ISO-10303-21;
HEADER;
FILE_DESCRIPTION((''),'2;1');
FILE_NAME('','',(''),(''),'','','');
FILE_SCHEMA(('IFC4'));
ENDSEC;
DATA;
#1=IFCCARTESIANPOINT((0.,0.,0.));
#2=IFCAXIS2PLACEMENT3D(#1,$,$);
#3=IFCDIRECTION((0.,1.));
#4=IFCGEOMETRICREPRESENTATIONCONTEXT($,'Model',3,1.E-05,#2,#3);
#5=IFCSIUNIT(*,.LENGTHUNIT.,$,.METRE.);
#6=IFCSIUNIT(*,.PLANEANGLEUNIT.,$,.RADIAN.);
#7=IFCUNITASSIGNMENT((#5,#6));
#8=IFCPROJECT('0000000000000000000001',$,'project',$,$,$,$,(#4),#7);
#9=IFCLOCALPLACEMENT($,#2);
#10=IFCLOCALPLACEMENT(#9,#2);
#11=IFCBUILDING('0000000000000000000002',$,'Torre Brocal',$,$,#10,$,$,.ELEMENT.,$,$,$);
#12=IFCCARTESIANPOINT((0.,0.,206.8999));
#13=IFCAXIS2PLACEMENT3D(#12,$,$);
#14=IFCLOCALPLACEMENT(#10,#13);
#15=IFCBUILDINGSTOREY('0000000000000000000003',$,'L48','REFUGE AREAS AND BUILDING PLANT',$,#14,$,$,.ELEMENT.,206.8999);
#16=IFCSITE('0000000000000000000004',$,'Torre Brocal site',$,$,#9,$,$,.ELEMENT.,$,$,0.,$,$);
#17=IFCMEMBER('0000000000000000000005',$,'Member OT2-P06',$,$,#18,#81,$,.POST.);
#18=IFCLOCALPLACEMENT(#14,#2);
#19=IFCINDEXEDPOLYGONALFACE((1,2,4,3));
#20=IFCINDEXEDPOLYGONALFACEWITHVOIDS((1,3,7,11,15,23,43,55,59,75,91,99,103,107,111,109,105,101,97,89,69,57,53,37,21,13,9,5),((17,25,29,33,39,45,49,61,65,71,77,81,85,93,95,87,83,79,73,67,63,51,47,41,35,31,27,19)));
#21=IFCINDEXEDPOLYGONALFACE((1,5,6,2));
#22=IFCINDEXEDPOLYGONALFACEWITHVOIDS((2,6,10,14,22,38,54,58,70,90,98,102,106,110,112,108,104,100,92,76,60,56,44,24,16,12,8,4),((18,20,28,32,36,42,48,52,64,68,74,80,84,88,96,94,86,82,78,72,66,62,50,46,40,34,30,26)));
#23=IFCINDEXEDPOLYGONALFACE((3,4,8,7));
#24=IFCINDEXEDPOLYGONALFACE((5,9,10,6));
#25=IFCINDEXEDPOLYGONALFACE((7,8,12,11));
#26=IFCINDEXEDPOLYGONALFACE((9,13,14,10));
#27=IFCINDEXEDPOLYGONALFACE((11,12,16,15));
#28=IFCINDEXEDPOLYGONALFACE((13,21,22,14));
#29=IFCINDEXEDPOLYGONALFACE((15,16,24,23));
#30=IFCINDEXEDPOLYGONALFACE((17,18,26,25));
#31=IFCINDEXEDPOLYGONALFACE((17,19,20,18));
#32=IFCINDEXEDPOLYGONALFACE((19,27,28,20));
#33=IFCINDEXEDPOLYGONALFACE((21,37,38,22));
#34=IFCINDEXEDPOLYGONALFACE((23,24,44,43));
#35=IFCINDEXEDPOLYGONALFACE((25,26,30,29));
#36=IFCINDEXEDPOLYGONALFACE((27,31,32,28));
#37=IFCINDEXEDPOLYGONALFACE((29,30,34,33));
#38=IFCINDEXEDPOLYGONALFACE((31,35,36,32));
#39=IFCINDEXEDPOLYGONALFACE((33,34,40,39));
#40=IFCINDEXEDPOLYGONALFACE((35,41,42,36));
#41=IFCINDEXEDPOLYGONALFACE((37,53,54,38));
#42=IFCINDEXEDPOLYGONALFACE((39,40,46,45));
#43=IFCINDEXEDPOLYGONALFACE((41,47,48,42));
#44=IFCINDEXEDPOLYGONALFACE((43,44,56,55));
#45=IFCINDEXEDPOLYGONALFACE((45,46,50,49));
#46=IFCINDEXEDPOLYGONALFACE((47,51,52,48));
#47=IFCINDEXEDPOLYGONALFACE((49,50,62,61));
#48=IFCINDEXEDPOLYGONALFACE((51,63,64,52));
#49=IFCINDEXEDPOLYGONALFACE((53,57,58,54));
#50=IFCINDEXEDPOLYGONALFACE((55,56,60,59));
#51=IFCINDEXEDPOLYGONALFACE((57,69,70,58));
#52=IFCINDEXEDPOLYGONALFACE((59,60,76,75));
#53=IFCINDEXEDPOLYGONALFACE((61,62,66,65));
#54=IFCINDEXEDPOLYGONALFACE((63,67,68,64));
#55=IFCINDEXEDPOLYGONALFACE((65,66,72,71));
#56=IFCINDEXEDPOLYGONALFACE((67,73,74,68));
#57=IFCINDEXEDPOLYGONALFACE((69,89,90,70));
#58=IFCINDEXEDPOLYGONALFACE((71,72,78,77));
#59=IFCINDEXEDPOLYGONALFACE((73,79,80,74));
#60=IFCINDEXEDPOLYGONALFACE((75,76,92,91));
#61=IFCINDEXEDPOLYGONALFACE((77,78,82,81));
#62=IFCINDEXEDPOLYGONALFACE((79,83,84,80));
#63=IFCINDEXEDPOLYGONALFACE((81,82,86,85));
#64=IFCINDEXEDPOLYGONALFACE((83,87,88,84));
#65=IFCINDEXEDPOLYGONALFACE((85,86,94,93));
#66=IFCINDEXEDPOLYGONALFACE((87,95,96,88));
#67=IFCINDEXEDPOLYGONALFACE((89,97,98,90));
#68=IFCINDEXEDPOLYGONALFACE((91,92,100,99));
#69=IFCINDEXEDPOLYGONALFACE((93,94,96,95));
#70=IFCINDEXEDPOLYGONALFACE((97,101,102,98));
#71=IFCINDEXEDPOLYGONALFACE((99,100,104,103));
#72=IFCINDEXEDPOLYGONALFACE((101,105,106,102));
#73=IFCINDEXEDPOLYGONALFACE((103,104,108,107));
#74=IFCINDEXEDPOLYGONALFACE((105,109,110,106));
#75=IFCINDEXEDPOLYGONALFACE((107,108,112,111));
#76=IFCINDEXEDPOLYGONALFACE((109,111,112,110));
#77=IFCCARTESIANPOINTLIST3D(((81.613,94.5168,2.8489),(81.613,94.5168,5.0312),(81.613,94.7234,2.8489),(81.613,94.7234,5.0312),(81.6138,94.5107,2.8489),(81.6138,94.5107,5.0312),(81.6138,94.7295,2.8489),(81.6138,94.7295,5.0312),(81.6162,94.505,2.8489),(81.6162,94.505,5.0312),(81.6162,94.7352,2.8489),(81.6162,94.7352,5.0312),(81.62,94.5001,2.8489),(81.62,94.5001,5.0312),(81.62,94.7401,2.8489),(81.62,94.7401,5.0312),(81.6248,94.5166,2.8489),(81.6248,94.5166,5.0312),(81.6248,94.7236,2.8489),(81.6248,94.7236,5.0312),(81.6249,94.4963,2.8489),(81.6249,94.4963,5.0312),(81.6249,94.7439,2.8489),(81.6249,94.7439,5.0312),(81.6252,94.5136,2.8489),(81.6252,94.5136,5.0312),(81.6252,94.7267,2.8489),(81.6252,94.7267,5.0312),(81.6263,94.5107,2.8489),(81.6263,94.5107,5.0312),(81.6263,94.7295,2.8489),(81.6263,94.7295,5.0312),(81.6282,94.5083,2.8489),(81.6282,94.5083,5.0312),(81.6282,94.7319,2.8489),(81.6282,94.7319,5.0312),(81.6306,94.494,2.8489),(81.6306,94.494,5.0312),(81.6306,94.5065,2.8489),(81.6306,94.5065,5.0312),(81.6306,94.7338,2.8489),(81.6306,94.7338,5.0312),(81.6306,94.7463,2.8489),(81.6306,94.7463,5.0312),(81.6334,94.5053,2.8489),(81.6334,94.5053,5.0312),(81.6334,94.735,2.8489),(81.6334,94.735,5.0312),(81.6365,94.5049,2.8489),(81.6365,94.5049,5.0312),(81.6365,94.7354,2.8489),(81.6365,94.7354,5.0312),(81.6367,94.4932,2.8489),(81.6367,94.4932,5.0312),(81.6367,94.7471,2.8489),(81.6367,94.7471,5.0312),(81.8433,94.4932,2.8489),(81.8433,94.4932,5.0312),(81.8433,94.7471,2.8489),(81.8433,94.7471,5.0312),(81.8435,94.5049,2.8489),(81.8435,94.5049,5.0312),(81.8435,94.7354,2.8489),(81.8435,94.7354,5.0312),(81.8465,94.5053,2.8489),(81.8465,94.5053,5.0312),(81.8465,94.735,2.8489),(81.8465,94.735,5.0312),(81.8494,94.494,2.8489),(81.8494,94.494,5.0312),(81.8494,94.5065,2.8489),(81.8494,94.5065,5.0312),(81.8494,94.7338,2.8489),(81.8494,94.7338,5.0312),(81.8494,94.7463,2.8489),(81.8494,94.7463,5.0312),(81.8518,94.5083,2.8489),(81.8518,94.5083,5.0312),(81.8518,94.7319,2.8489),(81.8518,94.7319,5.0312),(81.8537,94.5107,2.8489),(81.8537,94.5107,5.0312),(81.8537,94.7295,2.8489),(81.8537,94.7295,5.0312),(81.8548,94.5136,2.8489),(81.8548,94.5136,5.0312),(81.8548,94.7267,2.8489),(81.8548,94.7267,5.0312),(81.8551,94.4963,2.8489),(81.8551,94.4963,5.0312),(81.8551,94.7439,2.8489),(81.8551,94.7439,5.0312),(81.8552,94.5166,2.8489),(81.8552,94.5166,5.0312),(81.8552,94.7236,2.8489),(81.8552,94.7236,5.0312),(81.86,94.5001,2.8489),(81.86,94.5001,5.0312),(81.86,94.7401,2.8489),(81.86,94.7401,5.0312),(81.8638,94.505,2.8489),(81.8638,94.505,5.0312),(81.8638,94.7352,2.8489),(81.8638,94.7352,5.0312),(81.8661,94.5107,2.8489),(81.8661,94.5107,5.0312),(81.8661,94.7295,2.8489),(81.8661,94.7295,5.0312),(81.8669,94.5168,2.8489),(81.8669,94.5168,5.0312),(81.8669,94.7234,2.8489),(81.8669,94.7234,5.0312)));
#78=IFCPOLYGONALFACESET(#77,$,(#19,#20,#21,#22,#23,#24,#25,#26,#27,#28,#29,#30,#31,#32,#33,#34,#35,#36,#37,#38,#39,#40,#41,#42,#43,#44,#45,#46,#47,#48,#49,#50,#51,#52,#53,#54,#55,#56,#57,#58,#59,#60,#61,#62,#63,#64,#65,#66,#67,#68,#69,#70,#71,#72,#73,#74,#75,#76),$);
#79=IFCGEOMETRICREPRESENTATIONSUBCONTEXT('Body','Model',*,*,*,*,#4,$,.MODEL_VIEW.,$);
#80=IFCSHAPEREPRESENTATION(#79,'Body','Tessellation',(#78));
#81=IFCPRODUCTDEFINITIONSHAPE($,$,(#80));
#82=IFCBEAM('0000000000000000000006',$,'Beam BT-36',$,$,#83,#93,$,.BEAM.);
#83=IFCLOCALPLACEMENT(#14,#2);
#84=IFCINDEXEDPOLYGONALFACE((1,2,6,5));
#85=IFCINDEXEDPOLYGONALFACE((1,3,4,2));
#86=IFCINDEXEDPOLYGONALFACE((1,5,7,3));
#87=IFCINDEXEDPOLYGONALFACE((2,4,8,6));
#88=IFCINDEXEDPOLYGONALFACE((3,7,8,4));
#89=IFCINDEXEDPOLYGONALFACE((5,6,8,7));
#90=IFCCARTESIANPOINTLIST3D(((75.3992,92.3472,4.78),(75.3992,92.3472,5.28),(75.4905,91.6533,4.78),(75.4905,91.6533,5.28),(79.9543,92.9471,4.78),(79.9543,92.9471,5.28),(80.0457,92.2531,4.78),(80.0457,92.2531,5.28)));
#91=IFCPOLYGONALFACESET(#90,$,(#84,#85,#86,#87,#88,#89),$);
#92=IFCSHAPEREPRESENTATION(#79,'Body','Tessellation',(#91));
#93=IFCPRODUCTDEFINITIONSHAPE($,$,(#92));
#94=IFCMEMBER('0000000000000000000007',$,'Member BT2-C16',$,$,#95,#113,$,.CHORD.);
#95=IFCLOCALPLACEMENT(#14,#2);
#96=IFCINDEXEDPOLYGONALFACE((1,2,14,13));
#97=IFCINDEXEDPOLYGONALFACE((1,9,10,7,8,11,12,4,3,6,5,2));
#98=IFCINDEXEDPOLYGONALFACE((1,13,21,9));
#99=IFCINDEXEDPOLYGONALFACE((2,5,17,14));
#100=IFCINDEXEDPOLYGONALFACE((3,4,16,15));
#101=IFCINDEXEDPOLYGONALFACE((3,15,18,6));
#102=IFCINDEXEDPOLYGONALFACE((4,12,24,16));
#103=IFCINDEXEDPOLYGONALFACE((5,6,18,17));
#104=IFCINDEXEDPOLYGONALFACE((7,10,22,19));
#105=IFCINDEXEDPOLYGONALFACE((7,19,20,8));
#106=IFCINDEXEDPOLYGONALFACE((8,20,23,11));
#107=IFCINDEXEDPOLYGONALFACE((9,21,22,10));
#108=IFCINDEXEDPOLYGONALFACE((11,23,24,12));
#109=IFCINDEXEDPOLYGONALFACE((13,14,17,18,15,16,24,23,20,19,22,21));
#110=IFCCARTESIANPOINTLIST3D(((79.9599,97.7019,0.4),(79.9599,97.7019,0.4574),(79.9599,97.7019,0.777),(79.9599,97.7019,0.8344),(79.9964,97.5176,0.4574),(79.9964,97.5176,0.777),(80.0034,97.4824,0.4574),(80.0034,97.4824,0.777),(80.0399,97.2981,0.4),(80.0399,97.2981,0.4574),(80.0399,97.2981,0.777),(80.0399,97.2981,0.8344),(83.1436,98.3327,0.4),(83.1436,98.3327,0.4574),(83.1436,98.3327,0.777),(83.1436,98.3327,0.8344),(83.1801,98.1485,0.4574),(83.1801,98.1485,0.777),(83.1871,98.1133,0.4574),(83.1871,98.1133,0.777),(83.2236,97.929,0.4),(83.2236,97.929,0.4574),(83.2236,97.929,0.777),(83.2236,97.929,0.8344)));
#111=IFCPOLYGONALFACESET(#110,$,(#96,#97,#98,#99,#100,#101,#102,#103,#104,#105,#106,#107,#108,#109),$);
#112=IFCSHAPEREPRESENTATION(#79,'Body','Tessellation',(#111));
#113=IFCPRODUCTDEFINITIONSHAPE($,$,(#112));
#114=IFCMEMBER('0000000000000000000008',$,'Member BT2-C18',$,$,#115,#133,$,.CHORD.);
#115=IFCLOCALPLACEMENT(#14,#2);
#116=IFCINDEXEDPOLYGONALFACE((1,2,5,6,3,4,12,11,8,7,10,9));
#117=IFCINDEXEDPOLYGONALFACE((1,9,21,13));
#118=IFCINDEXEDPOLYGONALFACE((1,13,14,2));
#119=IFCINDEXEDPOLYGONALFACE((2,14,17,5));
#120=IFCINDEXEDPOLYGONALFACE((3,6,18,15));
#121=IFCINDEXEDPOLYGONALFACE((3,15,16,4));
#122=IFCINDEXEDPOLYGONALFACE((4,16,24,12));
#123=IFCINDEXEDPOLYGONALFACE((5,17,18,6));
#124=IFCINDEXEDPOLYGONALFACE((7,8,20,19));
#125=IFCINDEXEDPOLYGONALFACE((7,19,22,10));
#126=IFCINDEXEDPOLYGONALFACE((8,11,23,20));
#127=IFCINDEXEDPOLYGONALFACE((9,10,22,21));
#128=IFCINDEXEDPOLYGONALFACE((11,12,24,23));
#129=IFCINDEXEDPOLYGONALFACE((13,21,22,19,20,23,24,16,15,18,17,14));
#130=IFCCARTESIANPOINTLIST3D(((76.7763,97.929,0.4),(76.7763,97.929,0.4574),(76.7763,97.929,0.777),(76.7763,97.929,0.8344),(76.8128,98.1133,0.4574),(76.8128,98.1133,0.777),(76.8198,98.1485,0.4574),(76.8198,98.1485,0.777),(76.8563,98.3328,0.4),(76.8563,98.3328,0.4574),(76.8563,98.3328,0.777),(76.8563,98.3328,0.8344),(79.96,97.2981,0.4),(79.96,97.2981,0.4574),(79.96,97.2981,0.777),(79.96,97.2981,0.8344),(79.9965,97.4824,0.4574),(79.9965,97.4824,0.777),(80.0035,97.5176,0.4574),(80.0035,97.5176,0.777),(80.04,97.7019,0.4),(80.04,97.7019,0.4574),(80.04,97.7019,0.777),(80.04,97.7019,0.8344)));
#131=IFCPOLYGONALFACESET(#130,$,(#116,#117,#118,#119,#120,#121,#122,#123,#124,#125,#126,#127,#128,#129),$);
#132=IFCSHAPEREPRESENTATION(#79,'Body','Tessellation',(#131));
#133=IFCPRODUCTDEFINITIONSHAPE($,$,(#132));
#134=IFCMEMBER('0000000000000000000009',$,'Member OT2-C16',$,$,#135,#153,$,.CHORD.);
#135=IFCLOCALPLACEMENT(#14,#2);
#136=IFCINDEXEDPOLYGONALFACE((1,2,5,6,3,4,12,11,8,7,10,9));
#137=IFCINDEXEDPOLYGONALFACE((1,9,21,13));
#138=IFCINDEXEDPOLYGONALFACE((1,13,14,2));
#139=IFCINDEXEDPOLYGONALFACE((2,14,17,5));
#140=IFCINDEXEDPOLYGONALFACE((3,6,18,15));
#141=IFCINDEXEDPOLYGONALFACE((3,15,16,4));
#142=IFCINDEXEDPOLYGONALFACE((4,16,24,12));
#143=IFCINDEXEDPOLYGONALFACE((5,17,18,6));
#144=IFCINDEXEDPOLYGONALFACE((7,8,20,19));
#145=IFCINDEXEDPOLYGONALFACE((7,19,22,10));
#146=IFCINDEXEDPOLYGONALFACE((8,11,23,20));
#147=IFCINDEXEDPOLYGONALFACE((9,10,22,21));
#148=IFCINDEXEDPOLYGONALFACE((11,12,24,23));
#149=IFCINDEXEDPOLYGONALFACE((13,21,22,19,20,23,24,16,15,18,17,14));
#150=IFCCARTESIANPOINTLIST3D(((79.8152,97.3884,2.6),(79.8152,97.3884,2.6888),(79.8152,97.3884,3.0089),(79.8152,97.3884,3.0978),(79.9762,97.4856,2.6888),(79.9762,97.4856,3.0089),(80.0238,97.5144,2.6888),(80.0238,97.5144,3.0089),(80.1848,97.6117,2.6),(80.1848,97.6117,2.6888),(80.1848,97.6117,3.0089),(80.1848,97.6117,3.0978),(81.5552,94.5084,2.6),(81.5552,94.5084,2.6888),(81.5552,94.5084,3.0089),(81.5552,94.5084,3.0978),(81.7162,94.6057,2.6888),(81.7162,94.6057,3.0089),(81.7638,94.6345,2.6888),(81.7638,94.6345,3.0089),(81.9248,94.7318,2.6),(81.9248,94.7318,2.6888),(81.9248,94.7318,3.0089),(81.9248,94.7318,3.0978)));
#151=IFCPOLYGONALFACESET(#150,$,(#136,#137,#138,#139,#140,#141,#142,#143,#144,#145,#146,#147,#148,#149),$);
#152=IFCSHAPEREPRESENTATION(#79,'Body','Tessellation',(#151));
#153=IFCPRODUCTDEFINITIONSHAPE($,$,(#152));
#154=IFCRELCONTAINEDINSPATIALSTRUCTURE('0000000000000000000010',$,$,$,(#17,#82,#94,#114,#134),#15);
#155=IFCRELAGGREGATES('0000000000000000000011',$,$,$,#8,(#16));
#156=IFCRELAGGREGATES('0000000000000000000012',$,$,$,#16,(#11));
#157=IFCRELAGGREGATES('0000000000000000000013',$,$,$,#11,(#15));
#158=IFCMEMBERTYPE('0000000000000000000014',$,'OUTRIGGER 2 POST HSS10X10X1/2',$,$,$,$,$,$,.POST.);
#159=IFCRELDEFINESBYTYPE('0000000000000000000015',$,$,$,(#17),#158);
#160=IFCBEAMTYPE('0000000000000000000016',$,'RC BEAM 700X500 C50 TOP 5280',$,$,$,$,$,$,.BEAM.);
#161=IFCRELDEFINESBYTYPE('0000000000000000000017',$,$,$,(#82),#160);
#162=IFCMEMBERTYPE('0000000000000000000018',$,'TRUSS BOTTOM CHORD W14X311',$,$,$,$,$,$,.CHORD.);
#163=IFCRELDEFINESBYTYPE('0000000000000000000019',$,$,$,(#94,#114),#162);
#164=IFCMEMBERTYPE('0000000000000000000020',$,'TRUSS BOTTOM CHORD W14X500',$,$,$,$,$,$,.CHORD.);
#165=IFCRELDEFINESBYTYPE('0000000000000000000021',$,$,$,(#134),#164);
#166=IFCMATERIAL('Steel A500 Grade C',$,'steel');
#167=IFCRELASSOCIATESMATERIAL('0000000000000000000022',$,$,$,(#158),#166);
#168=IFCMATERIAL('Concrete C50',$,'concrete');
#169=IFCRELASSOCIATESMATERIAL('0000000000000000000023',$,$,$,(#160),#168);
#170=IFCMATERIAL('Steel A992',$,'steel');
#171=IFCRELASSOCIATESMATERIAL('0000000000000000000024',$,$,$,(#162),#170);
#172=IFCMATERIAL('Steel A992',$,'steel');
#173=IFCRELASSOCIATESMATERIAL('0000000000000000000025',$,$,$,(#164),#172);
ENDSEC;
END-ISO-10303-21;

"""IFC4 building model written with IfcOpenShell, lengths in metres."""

from ifc_helpers import new_model, si_unit, direction, frame, origin, origin_2d, place, context, subcontext, project, spatial, rectangle, hollow_rectangle, i_section, extrude, material, material_profile, profile_set, type_object, element, save


model = new_model("IFC4")

# Units and contexts
model_context = context("Model", 3, precision=1e-05, world=origin(), true_north=direction((0.0, 1.0)))
body_context = subcontext(model_context, "Body", "Model", "MODEL_VIEW")
ifc_project = project(units=[si_unit("LENGTHUNIT", "METRE"), si_unit("PLANEANGLEUNIT", "RADIAN")], contexts=[model_context])

# Site, building, storey
site_placement = place(None, origin())
site = spatial("IfcSite", under=ifc_project, at=site_placement, Name="Torre Brocal site", CompositionType="ELEMENT", RefElevation=0.0)
building_placement = place(site_placement, origin())
building = spatial("IfcBuilding", under=site, at=building_placement, Name="Torre Brocal", CompositionType="ELEMENT")
storey_placement = place(building_placement, frame((0.0, 0.0, 206.8999)))
storey = spatial("IfcBuildingStorey", under=building, at=storey_placement, Name="L48", Description="REFUGE AREAS AND BUILDING PLANT", CompositionType="ELEMENT", Elevation=206.8999)

# Member
ifc_material_1 = material(Name="Steel A500 Grade C", Category="steel")
ifc_material_profile_1 = material_profile(ifc_material_1, hollow_rectangle(XDim=0.2539, YDim=0.2539, WallThickness=0.0117, InnerFilletRadius=0.0117, OuterFilletRadius=0.0237, at=origin_2d()), Name="HSS10X10X1/2")
ifc_profile_set_1 = profile_set([ifc_material_profile_1], Name="Steel A500 Grade C")
member_type_1 = type_object("IfcMemberType", Name="OUTRIGGER 2 POST HSS10X10X1/2", PredefinedType="POST", material=ifc_profile_set_1)
for number, where, z_axis, x_axis, name in (
    (1, (81.74, 94.6201, 2.8489), (0.0, 0.0, 1.0), (1.0, 0.0, 0.0), "Member OT2-P06"),
):
    element("IfcMember", number, at=place(storey_placement, frame(where, z_axis=z_axis, x_axis=x_axis)), inside=storey, type_object=member_type_1, Name=name, PredefinedType="POST", context=body_context, shape_type="SweptSolid", body=[
        extrude(hollow_rectangle(XDim=0.2539, YDim=0.2539, WallThickness=0.0117, InnerFilletRadius=0.0117, OuterFilletRadius=0.0237, at=origin_2d()), origin(), (0.0, 0.0, 1.0), 2.1824),
    ])

# Beam
ifc_material_2 = material(Name="Concrete C50", Category="concrete")
ifc_material_profile_2 = material_profile(ifc_material_2, rectangle(XDim=0.7, YDim=0.5, at=origin_2d()), Name="RC 700X500")
ifc_profile_set_2 = profile_set([ifc_material_profile_2], Name="Concrete C50")
beam_type = type_object("IfcBeamType", Name="RC BEAM 700X500 C50 TOP 5280", PredefinedType="BEAM", material=ifc_profile_set_2)
beam_placement = place(storey_placement, frame((80.0, 92.6001, 5.03), z_axis=(-0.991441, -0.130559, 0.0), x_axis=(0.130559, -0.991441, 0.0)))
element("IfcBeam", 2, at=beam_placement, inside=storey, type_object=beam_type, Name="Beam BT-36", PredefinedType="BEAM", context=body_context, shape_type="SweptSolid", body=[
    extrude(rectangle(XDim=0.7, YDim=0.5, at=origin_2d()), origin(), (0.0, 0.0, 1.0), 4.5945),
])

# Members
ifc_material_3 = material(Name="Steel A992", Category="steel")
ifc_material_profile_3 = material_profile(ifc_material_3, i_section(OverallWidth=0.4116, OverallDepth=0.4343, WebThickness=0.0359, FlangeThickness=0.0574, at=origin_2d()), Name="W14X311")
ifc_profile_set_3 = profile_set([ifc_material_profile_3], Name="Steel A992")
member_type_2 = type_object("IfcMemberType", Name="TRUSS BOTTOM CHORD W14X311", PredefinedType="CHORD", material=ifc_profile_set_3)
for number, where, z_axis, x_axis, name in (
    (3, (83.1836, 98.1309, 0.6172), (-0.980926, -0.19438, 0.0), (0.19438, -0.980926, 0.0), "Member BT2-C16"),
    (4, (80.0, 97.5, 0.6172), (-0.980926, 0.19438, 0.0), (-0.19438, -0.980926, 0.0), "Member BT2-C18"),
):
    element("IfcMember", number, at=place(storey_placement, frame(where, z_axis=z_axis, x_axis=x_axis)), inside=storey, type_object=member_type_2, Name=name, PredefinedType="CHORD", context=body_context, shape_type="SweptSolid", body=[
        extrude(i_section(OverallWidth=0.4116, OverallDepth=0.4343, WebThickness=0.0359, FlangeThickness=0.0574, at=origin_2d()), origin(), (0.0, 0.0, 1.0), 3.2456),
    ])
ifc_material_4 = material(Name="Steel A992", Category="steel")
ifc_material_profile_4 = material_profile(ifc_material_4, i_section(OverallWidth=0.4319, OverallDepth=0.4978, WebThickness=0.0557, FlangeThickness=0.0889, at=origin_2d()), Name="W14X500")
ifc_profile_set_4 = profile_set([ifc_material_profile_4], Name="Steel A992")
member_type_3 = type_object("IfcMemberType", Name="TRUSS BOTTOM CHORD W14X500", PredefinedType="CHORD", material=ifc_profile_set_4)
member_1_placement = place(storey_placement, frame((81.74, 94.6201, 2.8489), z_axis=(-0.517129, 0.855908, 0.0), x_axis=(-0.855908, -0.517129, 0.0)))
element("IfcMember", 5, at=member_1_placement, inside=storey, type_object=member_type_3, Name="Member OT2-C16", PredefinedType="CHORD", context=body_context, shape_type="SweptSolid", body=[
    extrude(i_section(OverallWidth=0.4319, OverallDepth=0.4978, WebThickness=0.0557, FlangeThickness=0.0889, at=origin_2d()), origin(), (0.0, 0.0, 1.0), 3.3647),
])

save(model, "model.ifc")
